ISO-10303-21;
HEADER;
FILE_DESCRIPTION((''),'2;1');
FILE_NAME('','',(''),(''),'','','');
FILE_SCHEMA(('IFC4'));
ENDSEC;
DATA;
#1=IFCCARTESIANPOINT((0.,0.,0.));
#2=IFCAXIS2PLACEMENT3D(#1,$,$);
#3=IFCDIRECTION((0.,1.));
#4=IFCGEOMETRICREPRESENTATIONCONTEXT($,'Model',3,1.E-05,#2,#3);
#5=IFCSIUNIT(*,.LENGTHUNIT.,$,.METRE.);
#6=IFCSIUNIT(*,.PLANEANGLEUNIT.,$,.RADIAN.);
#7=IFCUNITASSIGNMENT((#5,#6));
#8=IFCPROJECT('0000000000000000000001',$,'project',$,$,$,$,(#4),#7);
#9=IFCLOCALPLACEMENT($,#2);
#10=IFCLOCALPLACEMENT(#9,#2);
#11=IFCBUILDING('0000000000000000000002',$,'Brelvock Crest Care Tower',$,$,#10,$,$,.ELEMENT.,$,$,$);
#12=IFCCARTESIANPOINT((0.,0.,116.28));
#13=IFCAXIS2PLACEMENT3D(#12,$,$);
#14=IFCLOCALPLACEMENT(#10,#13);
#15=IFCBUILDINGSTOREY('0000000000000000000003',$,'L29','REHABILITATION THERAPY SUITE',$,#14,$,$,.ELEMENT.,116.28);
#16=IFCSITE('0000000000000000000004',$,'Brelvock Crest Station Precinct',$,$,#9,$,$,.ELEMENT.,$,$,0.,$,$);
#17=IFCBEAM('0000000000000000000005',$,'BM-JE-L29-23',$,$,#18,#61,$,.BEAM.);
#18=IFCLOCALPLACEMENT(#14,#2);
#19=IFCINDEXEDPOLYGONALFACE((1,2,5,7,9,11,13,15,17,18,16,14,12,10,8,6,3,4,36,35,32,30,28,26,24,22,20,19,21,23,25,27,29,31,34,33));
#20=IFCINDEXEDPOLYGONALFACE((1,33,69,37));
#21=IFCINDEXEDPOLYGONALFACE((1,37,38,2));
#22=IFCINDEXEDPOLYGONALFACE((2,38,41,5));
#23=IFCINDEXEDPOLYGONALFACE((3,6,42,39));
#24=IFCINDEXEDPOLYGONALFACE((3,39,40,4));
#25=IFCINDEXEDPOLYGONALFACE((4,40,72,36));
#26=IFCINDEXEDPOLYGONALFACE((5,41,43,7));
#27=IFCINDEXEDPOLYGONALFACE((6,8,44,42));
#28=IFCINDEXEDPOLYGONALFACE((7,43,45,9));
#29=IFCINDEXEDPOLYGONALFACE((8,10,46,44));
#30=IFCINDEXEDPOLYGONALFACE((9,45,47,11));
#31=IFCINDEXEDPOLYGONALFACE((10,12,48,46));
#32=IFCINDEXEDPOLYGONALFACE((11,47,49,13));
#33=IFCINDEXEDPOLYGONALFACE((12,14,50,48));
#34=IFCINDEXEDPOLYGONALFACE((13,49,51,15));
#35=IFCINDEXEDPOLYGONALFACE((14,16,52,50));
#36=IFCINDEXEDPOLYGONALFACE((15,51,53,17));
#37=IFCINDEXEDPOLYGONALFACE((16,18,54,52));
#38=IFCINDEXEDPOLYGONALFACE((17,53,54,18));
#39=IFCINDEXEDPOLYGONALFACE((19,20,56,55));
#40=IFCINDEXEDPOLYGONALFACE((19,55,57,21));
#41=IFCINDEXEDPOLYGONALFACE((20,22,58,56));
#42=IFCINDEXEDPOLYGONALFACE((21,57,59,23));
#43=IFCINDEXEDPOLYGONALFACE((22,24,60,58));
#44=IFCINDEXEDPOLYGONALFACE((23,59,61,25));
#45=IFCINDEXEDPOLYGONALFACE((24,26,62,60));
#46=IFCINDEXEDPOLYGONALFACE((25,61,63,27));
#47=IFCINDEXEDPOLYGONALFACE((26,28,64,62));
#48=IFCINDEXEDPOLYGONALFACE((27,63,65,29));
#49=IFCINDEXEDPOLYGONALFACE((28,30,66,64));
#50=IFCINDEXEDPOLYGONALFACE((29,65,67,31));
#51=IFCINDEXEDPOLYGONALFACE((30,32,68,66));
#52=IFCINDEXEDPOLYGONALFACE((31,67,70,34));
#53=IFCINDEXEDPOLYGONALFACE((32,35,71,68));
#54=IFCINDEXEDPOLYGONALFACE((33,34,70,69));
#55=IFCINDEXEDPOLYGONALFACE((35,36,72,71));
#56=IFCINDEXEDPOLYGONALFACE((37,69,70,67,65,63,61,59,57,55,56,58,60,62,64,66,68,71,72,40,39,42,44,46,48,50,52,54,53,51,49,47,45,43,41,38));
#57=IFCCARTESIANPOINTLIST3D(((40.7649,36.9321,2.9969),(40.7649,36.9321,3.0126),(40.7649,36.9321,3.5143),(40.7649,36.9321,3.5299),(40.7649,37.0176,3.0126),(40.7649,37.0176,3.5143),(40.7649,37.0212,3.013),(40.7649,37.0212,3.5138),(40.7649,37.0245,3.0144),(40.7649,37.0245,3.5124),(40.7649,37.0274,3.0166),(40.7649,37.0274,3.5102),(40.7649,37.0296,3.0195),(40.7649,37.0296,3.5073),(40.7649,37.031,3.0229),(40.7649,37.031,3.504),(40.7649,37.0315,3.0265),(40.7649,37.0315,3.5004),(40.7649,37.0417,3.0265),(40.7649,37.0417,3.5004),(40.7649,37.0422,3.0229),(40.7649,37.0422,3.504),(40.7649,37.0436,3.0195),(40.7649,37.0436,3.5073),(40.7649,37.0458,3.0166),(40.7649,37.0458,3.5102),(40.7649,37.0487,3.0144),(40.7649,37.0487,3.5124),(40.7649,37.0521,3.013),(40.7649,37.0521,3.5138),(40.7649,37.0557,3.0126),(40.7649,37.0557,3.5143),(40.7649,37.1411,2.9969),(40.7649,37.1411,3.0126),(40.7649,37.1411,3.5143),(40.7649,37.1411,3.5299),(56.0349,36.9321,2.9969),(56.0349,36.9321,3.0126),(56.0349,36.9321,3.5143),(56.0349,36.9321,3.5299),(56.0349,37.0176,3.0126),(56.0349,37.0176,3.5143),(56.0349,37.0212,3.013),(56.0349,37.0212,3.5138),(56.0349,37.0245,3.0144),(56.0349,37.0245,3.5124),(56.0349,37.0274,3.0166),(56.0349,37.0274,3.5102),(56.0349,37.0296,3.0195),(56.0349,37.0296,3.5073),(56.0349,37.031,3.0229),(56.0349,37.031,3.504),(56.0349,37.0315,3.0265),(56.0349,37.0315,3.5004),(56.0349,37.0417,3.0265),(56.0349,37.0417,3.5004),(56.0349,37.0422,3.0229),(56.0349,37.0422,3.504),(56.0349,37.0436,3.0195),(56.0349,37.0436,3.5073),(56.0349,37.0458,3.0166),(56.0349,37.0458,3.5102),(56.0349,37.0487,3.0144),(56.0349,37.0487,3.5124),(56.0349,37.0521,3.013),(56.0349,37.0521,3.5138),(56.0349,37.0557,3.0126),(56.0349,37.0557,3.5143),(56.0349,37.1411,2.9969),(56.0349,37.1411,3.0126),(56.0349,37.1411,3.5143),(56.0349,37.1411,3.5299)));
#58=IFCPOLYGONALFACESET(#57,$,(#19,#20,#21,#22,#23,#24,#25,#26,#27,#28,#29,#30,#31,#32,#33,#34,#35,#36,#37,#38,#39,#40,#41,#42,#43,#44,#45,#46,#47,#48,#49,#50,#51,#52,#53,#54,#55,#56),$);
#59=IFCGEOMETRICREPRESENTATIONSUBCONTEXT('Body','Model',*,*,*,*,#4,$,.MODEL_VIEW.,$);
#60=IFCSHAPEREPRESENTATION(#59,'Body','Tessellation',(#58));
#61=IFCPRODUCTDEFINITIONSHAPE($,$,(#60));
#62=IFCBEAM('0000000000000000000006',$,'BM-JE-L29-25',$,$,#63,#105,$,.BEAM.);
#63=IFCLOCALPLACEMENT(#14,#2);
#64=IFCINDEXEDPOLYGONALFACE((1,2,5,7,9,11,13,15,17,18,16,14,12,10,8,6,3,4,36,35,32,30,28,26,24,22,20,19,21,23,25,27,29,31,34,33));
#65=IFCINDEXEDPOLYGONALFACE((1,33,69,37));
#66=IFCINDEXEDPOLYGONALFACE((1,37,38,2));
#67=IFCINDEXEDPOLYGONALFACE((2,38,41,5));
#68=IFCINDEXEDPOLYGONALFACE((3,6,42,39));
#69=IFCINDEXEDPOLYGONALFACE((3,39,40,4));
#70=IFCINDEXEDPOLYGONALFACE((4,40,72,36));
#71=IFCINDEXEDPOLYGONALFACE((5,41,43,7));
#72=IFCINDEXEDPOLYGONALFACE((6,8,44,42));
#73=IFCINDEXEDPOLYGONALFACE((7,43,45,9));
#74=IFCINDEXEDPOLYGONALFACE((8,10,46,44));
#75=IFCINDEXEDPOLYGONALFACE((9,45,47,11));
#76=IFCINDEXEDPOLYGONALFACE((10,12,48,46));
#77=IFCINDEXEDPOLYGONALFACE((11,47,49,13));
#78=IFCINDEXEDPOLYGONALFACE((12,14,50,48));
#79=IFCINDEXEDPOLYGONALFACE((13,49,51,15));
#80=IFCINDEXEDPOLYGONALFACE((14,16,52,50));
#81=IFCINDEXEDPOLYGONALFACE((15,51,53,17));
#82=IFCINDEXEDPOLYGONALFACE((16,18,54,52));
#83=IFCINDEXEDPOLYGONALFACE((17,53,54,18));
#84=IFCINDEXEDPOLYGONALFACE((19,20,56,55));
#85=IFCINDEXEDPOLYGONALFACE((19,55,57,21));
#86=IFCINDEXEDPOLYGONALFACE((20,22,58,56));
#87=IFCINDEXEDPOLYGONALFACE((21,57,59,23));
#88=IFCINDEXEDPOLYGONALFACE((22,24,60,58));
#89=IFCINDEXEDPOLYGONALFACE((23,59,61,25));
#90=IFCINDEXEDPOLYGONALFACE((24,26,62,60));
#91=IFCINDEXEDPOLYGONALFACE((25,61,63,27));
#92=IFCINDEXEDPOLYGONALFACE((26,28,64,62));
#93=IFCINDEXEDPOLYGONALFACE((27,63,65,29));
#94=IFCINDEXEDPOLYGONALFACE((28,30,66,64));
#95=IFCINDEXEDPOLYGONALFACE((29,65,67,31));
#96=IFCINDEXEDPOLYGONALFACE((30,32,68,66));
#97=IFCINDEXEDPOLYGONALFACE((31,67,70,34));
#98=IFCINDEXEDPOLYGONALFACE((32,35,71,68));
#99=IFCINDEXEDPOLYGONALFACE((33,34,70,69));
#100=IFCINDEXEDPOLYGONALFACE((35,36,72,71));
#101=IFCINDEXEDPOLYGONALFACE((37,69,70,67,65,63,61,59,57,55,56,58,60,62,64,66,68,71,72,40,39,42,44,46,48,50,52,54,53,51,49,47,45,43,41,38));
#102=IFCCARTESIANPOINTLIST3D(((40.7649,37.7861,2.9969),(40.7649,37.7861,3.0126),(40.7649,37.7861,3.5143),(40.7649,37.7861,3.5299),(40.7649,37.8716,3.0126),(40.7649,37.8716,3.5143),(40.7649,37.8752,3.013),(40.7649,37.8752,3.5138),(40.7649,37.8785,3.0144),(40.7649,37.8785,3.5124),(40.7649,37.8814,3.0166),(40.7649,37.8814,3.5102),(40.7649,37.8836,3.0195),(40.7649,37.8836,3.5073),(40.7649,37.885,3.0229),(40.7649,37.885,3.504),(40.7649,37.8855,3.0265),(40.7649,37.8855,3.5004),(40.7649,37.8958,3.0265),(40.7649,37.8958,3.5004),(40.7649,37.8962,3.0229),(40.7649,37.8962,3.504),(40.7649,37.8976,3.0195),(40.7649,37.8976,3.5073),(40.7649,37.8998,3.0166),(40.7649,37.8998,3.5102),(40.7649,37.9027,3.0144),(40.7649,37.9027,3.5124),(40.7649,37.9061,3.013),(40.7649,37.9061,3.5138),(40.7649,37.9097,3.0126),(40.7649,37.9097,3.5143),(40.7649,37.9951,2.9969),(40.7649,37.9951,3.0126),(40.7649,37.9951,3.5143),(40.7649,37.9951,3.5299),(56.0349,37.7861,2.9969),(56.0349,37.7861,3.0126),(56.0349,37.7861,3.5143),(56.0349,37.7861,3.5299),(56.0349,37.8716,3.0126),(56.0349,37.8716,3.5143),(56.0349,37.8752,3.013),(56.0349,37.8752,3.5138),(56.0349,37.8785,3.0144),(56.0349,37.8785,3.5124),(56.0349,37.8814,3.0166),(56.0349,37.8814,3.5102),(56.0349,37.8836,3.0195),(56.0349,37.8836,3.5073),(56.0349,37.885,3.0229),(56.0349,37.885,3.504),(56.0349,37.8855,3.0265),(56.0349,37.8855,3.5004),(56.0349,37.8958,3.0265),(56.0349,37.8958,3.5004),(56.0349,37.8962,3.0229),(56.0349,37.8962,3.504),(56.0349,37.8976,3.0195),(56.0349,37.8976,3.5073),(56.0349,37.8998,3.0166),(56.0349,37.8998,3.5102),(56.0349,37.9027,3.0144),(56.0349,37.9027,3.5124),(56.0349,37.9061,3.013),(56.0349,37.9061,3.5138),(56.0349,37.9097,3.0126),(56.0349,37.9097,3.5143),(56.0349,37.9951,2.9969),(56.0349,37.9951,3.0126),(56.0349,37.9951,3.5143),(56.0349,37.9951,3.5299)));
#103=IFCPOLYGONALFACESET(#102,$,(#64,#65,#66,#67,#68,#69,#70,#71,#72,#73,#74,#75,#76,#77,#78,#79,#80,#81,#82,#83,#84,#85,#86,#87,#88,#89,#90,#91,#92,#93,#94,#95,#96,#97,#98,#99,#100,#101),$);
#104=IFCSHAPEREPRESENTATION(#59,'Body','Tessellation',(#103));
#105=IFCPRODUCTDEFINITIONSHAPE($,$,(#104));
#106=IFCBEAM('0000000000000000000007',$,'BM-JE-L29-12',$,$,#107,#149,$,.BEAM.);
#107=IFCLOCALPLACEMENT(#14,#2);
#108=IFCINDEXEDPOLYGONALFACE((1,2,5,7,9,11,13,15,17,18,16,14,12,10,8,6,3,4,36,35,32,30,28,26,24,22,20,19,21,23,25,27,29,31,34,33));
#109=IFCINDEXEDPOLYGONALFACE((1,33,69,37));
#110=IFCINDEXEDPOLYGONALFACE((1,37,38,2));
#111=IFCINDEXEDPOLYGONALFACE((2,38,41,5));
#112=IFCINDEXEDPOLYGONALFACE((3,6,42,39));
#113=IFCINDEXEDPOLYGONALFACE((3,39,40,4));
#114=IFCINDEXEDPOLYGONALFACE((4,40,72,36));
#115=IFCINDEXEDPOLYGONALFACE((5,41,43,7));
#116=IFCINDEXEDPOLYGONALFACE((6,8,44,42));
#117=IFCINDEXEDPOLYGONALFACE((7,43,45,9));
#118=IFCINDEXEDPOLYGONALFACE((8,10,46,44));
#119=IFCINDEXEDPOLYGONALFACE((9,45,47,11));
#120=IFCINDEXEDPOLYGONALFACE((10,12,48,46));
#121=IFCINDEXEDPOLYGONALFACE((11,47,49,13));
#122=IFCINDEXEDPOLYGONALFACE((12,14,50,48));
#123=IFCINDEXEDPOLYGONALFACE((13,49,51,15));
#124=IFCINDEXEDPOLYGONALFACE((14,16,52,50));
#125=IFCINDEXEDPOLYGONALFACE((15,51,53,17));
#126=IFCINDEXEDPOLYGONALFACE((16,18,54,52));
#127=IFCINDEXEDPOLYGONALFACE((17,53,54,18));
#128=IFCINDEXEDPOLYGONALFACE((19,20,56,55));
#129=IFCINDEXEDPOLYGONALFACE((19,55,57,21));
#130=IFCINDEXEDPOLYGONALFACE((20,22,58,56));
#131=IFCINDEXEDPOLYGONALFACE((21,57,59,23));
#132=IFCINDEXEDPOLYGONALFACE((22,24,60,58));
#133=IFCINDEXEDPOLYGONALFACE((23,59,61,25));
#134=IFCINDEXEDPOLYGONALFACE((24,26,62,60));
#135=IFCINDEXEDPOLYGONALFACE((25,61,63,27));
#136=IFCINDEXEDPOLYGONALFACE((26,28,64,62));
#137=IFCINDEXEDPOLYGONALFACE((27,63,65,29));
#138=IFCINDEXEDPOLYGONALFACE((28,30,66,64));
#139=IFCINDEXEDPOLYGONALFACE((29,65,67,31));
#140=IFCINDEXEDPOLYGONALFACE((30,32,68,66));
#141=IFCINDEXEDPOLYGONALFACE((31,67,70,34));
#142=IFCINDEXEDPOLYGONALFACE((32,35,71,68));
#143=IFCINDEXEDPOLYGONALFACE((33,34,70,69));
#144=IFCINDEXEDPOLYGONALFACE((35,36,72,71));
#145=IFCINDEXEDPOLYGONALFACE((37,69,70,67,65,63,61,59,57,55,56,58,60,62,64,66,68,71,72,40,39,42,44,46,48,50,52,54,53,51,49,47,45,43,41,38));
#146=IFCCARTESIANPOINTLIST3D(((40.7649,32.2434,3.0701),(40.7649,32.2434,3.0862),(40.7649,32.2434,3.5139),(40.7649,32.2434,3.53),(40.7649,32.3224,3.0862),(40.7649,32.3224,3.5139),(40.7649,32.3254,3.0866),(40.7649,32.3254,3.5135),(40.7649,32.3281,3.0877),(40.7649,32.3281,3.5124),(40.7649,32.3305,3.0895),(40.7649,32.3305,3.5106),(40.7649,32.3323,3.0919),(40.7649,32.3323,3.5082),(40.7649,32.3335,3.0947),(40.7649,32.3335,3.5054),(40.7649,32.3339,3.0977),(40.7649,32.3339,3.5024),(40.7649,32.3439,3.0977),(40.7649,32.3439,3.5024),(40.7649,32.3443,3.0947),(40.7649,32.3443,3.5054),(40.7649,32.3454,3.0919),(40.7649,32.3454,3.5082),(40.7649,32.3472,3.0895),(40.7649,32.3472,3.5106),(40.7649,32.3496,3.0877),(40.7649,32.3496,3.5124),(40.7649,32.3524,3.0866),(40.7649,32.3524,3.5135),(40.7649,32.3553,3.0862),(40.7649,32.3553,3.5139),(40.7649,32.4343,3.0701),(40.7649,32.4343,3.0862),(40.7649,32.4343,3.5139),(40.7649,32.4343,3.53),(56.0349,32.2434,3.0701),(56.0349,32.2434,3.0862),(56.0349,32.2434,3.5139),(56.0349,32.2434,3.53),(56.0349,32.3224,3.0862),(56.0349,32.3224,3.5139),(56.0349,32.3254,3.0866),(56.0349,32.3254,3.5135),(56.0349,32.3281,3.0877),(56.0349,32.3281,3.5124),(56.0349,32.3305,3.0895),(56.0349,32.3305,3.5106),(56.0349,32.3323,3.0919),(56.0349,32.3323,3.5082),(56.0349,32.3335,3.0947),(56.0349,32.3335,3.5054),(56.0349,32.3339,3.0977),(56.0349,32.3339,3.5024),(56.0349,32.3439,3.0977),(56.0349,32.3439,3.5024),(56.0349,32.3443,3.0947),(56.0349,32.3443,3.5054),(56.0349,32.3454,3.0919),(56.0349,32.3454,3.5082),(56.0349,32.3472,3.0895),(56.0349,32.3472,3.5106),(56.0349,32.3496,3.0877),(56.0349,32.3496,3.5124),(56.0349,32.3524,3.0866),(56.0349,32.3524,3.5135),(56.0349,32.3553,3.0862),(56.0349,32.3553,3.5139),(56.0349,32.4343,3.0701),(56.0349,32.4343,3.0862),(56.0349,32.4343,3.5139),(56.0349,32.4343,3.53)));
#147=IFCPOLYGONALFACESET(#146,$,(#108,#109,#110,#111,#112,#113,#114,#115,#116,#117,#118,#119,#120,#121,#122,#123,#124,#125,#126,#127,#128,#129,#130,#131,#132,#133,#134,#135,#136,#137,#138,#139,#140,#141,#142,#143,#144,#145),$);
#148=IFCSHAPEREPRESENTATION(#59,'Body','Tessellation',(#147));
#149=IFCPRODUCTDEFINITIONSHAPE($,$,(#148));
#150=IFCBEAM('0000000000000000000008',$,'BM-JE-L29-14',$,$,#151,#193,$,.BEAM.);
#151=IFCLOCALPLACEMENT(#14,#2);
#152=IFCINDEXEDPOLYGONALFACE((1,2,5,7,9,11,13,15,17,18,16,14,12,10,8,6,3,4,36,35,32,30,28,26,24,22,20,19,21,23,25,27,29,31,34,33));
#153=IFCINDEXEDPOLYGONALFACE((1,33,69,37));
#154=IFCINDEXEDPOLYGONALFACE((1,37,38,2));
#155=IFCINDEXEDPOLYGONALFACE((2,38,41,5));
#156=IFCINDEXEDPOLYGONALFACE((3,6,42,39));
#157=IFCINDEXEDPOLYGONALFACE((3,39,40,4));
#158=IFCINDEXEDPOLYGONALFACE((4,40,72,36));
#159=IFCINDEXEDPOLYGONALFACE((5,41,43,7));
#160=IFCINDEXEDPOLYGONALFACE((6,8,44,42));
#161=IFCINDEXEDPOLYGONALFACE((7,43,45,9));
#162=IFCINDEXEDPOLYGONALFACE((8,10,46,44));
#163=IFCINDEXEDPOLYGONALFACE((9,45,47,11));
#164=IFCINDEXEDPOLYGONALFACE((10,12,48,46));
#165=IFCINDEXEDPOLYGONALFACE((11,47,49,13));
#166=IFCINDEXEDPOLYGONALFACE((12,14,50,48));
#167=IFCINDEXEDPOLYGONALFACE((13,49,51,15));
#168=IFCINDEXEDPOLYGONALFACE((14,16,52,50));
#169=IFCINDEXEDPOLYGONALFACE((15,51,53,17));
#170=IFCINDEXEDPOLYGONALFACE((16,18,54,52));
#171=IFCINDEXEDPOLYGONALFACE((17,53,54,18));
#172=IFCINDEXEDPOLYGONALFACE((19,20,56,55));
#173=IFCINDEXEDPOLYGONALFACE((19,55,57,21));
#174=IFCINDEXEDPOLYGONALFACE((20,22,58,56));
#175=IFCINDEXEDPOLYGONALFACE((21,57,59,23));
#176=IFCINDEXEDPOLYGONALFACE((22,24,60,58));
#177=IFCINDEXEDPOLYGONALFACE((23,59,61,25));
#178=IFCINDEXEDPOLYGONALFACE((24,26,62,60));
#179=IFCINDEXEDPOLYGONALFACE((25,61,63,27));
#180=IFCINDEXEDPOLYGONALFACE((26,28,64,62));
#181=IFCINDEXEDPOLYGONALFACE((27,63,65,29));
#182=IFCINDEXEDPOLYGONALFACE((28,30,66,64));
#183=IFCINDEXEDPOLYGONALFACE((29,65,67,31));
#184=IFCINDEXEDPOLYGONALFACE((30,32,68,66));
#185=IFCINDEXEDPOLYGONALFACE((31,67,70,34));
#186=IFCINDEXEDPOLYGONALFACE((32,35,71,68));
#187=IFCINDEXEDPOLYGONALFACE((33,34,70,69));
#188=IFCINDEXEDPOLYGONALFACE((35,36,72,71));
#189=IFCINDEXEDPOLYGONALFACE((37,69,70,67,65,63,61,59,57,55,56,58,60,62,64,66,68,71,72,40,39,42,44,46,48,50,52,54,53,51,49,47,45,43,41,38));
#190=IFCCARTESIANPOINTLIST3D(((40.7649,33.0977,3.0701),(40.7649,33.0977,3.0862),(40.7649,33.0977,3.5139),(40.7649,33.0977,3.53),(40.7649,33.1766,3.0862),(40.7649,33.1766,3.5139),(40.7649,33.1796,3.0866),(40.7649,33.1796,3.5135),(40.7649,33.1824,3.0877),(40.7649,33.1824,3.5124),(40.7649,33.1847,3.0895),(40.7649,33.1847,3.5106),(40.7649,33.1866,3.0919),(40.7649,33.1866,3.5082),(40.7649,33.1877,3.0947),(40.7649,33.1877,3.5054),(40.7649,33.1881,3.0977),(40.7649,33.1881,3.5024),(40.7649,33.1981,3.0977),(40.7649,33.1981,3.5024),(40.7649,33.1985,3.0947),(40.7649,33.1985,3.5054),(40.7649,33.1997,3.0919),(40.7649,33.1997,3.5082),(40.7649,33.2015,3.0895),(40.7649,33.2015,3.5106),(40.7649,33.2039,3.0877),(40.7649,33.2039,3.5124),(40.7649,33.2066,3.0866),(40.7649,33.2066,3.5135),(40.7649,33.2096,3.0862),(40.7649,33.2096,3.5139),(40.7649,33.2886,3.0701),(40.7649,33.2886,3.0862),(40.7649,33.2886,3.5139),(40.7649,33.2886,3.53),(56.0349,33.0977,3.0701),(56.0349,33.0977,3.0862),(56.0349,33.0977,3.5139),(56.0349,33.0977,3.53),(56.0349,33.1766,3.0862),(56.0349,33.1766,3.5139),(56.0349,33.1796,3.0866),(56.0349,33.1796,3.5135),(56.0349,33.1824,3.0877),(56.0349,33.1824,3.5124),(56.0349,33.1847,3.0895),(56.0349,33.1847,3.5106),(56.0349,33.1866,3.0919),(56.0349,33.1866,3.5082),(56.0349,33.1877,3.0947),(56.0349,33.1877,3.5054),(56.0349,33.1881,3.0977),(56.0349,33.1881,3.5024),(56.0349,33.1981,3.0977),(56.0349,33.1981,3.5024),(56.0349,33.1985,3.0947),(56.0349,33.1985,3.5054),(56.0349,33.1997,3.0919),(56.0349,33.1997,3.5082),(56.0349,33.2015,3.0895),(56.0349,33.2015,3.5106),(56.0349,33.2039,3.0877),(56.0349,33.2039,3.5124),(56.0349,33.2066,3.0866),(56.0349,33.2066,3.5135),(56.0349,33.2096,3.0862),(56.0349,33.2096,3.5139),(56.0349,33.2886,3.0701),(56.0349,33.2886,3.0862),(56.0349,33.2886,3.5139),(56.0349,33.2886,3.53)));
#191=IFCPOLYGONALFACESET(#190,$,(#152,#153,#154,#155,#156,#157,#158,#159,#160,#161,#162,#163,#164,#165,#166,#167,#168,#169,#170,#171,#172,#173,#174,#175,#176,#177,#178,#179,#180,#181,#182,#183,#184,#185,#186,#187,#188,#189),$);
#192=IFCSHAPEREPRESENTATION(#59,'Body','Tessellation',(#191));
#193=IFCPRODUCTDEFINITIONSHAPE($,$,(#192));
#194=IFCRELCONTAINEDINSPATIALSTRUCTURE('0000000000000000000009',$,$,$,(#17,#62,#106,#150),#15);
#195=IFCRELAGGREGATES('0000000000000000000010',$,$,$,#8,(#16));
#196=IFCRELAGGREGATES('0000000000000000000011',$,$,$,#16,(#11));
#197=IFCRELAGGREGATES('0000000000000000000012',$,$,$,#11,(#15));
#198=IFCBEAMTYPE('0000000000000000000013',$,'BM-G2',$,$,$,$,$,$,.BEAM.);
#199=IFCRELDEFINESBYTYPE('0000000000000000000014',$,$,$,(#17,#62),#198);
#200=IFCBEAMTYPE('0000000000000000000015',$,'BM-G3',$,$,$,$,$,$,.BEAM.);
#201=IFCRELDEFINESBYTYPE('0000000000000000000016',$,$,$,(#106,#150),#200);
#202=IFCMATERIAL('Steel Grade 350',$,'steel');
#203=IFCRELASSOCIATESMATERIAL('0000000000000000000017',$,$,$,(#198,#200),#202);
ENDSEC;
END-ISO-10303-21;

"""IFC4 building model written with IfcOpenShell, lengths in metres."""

from ifc_helpers import new_model, si_unit, direction, frame, origin, origin_2d, place, context, subcontext, project, spatial, i_section, extrude, source, transform, mapped, material, material_profile, profile_set, type_object, element, save


model = new_model("IFC4")

# Units and contexts
model_context = context("Model", 3, precision=1e-05, world=origin(), true_north=direction((0.0, 1.0)))
body_context = subcontext(model_context, "Body", "Model", "MODEL_VIEW")
ifc_project = project(units=[si_unit("LENGTHUNIT", "METRE"), si_unit("PLANEANGLEUNIT", "RADIAN")], contexts=[model_context])

# Site, building, storey
site_placement = place(None, origin())
site = spatial("IfcSite", under=ifc_project, at=site_placement, Name="Brelvock Crest Station Precinct", CompositionType="ELEMENT", RefElevation=0.0)
building_placement = place(site_placement, origin())
building = spatial("IfcBuilding", under=site, at=building_placement, Name="Brelvock Crest Care Tower", CompositionType="ELEMENT")
storey_placement = place(building_placement, frame((0.0, 0.0, 116.28)))
storey = spatial("IfcBuildingStorey", under=building, at=storey_placement, Name="L29", Description="REHABILITATION THERAPY SUITE", CompositionType="ELEMENT", Elevation=116.28)

# Beams
ifc_material_1 = material(Name="Steel Grade 350", Category="steel")
ifc_material_profile_1 = material_profile(ifc_material_1, i_section(OverallWidth=0.209, OverallDepth=0.533, WebThickness=0.0103, FlangeThickness=0.0156, FilletRadius=0.0139, at=origin_2d()), Name="530UB92.4")
ifc_profile_set_1 = profile_set([ifc_material_profile_1], Name="Steel Grade 350")
beam_type_1 = type_object("IfcBeamType", Name="BM-G2", PredefinedType="BEAM", material=ifc_profile_set_1)
shared_shape_1 = source(origin(), body_context, "Body", "SweptSolid", [
    extrude(i_section(OverallWidth=0.209, OverallDepth=0.533, WebThickness=0.0103, FlangeThickness=0.0156, FilletRadius=0.0139, at=origin_2d()), origin(), (0.0, 0.0, 1.0), 15.27),
])
for number, where, z_axis, x_axis, name in (
    (1, (40.7649, 37.0366, 3.2634), (1.0, 0.0, 0.0), (0.0, 1.0, 0.0), "BM-JE-L29-23"),
    (2, (40.7649, 37.8906, 3.2634), (1.0, 0.0, 0.0), (0.0, 1.0, 0.0), "BM-JE-L29-25"),
):
    element("IfcBeam", number, at=place(storey_placement, frame(where, z_axis=z_axis, x_axis=x_axis)), inside=storey, type_object=beam_type_1, Name=name, PredefinedType="BEAM", context=body_context, shape_type="MappedRepresentation", body=[
        mapped(shared_shape_1, transform((0.0, 0.0, 0.0), x_axis=(1.0, 0.0, 0.0), y_axis=(0.0, 1.0, 0.0), z_axis=(0.0, 0.0, 1.0), scale=1.0)),
    ])
ifc_material_profile_2 = material_profile(ifc_material_1, i_section(OverallWidth=0.1909, OverallDepth=0.46, WebThickness=0.01, FlangeThickness=0.0161, FilletRadius=0.0115, at=origin_2d()), Name="460UB82.1")
ifc_profile_set_2 = profile_set([ifc_material_profile_2], Name="Steel Grade 350")
beam_type_2 = type_object("IfcBeamType", Name="BM-G3", PredefinedType="BEAM", material=ifc_profile_set_2)
shared_shape_2 = source(origin(), body_context, "Body", "SweptSolid", [
    extrude(i_section(OverallWidth=0.1909, OverallDepth=0.46, WebThickness=0.01, FlangeThickness=0.0161, FilletRadius=0.0115, at=origin_2d()), origin(), (0.0, 0.0, 1.0), 15.27),
])
for number, where, z_axis, x_axis, name in (
    (3, (40.7649, 32.3389, 3.3), (1.0, 0.0, 0.0), (0.0, 1.0, 0.0), "BM-JE-L29-12"),
    (4, (40.7649, 33.1931, 3.3), (1.0, 0.0, 0.0), (0.0, 1.0, 0.0), "BM-JE-L29-14"),
):
    element("IfcBeam", number, at=place(storey_placement, frame(where, z_axis=z_axis, x_axis=x_axis)), inside=storey, type_object=beam_type_2, Name=name, PredefinedType="BEAM", context=body_context, shape_type="MappedRepresentation", body=[
        mapped(shared_shape_2, transform((0.0, 0.0, 0.0), x_axis=(1.0, 0.0, 0.0), y_axis=(0.0, 1.0, 0.0), z_axis=(0.0, 0.0, 1.0), scale=1.0)),
    ])

save(model, "model.ifc")
